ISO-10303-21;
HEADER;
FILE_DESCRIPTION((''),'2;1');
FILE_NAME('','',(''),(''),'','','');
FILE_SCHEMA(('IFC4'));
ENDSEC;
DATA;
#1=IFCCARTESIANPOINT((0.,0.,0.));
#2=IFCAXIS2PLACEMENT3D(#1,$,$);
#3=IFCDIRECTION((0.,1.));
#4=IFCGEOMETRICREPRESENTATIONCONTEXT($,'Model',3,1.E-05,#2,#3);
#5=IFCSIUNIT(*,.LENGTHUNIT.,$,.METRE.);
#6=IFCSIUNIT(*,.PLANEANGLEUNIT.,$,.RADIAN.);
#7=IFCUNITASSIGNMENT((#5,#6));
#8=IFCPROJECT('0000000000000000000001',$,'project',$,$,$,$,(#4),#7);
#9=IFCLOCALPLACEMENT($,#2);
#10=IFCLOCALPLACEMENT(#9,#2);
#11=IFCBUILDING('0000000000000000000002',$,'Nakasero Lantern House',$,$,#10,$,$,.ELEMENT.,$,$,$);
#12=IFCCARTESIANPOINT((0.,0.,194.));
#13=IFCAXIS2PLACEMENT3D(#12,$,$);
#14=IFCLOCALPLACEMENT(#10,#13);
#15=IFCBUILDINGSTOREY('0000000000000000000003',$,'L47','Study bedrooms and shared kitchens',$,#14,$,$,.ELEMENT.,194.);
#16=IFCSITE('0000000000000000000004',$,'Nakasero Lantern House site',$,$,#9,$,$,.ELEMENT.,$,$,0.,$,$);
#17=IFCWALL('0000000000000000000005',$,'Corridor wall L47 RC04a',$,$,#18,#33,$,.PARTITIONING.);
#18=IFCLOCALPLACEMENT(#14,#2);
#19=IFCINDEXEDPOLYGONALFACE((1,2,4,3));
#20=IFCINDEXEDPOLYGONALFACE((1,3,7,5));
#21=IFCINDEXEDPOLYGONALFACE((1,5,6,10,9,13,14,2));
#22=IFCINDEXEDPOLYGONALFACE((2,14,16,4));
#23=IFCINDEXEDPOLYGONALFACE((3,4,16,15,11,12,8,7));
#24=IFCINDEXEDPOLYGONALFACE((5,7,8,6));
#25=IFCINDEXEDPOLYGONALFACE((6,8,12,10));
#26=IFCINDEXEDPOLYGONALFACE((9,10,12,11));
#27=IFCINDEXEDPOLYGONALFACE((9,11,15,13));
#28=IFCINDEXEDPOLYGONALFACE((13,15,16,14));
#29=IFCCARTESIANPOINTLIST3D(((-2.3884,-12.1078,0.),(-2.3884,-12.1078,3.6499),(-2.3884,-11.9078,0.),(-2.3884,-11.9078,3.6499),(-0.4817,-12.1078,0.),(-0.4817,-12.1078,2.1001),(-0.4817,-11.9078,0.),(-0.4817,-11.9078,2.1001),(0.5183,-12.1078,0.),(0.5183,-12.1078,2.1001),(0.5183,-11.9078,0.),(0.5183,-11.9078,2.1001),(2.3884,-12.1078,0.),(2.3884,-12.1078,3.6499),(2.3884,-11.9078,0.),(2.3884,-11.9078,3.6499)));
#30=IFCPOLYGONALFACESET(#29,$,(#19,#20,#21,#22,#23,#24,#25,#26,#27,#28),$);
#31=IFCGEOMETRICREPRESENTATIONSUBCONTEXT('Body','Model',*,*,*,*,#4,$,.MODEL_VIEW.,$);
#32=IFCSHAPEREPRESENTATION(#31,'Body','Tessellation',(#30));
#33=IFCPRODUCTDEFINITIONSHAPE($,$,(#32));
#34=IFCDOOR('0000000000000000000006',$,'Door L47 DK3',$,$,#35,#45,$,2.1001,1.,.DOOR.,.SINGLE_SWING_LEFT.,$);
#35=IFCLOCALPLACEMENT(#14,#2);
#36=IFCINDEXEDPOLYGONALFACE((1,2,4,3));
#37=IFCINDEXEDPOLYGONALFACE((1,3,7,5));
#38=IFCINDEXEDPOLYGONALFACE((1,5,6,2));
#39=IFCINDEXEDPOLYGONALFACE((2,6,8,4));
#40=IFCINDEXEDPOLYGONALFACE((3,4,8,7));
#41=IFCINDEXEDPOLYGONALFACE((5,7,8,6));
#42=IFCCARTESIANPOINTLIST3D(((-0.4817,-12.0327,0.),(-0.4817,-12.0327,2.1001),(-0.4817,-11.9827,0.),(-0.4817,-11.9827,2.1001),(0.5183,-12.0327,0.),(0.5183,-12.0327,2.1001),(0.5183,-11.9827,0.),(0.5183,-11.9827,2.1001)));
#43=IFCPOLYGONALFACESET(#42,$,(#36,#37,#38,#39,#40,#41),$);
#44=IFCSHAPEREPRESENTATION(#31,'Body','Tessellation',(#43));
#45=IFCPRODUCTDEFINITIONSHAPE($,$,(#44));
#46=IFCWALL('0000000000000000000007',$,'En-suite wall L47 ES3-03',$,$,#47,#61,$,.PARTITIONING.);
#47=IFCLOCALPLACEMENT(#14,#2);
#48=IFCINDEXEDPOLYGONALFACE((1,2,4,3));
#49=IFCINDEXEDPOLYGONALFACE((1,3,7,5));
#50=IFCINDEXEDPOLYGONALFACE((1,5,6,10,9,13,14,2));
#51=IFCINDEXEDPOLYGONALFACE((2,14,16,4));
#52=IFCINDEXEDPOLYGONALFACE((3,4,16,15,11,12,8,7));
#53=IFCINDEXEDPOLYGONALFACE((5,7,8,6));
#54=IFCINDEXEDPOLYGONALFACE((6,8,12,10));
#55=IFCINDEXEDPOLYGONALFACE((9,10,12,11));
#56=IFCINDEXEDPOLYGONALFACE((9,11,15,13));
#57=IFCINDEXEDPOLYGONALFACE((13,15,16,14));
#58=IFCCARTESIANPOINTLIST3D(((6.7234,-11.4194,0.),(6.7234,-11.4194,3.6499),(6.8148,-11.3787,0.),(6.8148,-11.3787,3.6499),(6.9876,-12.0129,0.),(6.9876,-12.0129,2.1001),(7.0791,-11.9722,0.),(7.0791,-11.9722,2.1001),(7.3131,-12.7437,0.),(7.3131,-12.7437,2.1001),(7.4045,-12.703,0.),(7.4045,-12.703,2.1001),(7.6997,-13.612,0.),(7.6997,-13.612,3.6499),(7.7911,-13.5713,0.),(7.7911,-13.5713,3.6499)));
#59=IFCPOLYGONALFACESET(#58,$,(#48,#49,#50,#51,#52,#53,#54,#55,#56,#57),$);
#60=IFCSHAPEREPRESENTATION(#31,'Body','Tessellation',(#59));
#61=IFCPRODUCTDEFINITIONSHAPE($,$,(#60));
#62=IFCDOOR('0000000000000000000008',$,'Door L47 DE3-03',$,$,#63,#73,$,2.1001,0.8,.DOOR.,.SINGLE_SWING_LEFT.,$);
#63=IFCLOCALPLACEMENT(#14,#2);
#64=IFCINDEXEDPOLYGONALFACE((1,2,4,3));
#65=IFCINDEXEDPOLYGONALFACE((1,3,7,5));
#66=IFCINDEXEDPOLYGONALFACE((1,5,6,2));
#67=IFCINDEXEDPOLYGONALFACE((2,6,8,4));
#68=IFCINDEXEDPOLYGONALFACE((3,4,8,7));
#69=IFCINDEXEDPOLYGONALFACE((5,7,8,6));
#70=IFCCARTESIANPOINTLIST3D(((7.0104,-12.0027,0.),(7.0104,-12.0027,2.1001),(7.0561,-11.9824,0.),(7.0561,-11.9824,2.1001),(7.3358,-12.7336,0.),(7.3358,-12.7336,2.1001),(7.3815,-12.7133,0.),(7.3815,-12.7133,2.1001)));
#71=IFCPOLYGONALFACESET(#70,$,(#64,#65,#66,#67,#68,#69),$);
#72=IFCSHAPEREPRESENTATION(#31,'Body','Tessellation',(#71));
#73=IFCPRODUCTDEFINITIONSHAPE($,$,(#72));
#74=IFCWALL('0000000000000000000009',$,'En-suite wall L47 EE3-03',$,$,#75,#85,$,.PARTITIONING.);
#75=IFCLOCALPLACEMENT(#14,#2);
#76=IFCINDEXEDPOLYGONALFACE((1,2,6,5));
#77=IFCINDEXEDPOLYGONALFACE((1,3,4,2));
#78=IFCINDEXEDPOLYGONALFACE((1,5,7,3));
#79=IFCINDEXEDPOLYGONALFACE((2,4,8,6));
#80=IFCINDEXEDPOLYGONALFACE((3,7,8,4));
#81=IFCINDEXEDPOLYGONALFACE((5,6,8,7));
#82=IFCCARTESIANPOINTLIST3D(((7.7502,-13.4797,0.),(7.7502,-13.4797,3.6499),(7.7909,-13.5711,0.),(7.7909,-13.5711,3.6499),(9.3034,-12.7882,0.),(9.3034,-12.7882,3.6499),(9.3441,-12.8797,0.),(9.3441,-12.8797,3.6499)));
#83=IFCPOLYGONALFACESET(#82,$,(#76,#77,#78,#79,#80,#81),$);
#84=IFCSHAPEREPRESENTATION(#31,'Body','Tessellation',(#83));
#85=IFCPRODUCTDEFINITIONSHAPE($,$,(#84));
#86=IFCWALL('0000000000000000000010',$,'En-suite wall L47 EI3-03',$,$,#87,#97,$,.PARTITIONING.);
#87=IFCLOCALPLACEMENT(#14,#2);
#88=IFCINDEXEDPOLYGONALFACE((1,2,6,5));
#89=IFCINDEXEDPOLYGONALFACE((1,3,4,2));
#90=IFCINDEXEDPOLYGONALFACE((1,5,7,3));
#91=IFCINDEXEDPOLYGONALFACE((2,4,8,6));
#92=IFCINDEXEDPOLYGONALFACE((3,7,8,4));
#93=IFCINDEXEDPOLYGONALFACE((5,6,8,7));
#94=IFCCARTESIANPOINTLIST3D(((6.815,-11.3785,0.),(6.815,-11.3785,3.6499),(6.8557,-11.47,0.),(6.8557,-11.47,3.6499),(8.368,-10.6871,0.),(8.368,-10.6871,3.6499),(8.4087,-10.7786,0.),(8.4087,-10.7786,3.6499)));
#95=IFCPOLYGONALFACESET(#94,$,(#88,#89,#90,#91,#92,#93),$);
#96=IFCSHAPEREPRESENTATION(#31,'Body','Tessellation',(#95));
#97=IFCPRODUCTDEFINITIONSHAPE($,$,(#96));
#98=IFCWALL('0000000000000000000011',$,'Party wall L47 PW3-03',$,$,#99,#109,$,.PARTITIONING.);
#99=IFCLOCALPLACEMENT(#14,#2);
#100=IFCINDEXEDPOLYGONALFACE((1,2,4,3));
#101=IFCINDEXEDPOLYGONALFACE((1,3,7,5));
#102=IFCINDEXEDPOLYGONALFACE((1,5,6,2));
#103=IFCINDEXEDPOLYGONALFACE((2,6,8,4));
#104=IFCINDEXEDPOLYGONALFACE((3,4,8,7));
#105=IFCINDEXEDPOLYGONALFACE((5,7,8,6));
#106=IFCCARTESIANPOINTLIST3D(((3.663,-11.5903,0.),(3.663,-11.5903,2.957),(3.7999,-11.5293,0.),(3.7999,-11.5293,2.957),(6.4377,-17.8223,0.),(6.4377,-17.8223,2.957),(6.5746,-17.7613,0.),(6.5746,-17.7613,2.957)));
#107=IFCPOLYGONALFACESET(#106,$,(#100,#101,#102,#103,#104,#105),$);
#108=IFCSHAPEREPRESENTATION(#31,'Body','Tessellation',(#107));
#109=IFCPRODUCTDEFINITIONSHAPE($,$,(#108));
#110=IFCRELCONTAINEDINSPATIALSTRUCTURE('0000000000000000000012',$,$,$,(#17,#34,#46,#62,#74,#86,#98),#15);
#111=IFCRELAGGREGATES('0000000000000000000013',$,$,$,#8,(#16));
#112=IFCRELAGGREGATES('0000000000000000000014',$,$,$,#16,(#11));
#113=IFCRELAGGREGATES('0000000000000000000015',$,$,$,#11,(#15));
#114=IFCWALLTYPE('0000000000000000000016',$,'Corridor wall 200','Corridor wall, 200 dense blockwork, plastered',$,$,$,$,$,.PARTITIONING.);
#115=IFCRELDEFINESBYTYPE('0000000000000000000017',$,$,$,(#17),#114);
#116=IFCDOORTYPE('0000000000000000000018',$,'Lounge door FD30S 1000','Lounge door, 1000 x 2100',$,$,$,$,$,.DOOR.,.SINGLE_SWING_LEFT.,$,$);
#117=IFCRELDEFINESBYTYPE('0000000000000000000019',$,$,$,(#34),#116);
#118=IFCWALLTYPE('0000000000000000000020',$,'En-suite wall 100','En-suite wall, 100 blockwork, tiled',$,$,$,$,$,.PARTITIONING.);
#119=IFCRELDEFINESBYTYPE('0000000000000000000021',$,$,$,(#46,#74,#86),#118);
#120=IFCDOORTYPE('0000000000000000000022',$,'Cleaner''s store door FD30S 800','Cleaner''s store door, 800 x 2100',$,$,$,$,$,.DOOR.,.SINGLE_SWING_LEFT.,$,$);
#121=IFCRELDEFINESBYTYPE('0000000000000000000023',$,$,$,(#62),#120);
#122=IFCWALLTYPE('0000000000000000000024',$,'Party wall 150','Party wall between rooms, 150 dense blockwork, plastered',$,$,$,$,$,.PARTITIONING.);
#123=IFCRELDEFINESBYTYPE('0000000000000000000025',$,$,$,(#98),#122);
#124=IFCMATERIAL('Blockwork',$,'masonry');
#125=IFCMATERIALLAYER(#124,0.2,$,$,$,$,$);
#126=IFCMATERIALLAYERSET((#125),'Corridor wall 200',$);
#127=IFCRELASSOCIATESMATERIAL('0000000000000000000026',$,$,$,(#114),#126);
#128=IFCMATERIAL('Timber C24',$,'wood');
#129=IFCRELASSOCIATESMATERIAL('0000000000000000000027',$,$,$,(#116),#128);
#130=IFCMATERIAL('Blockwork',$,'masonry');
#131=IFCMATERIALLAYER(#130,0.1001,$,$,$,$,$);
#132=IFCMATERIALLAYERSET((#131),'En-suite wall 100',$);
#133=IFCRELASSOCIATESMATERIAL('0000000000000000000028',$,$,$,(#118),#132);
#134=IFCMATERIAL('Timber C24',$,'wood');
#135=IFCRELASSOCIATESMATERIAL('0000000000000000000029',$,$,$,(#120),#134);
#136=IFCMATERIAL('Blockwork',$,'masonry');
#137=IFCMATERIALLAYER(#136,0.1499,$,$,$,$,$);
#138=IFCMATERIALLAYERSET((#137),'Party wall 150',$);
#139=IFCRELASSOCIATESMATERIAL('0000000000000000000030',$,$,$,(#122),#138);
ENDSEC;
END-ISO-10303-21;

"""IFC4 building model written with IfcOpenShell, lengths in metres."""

from ifc_helpers import new_model, si_unit, direction, frame, frame_2d, origin, place, context, subcontext, project, spatial, rectangle, extrude, material, layer, layer_set, type_object, element, fill, save


model = new_model("IFC4")

# Units and contexts
model_context = context("Model", 3, precision=1e-05, world=origin(), true_north=direction((0.0, 1.0)))
body_context = subcontext(model_context, "Body", "Model", "MODEL_VIEW")
ifc_project = project(units=[si_unit("LENGTHUNIT", "METRE"), si_unit("PLANEANGLEUNIT", "RADIAN")], contexts=[model_context])

# Site, building, storey
site_placement = place(None, origin())
site = spatial("IfcSite", under=ifc_project, at=site_placement, Name="Nakasero Lantern House site", CompositionType="ELEMENT", RefElevation=0.0)
building_placement = place(site_placement, origin())
building = spatial("IfcBuilding", under=site, at=building_placement, Name="Nakasero Lantern House", CompositionType="ELEMENT")
storey_placement = place(building_placement, frame((0.0, 0.0, 194.0)))
storey = spatial("IfcBuildingStorey", under=building, at=storey_placement, Name="L47", Description="Study bedrooms and shared kitchens", CompositionType="ELEMENT", Elevation=194.0)

# Walls, openings, doors
ifc_material_1 = material(Name="Blockwork", Category="masonry")
ifc_layer_1 = layer(ifc_material_1, 0.2)
ifc_layer_set_1 = layer_set([ifc_layer_1], Name="Corridor wall 200")
wall_type_1 = type_object("IfcWallType", Name="Corridor wall 200", Description="Corridor wall, 200 dense blockwork, plastered", PredefinedType="PARTITIONING", material=ifc_layer_set_1)
wall_1_placement = place(storey_placement, frame((2.3884, -12.0078, 0.0), z_axis=(0.0, 0.0, 1.0), x_axis=(-1.0, 0.0, 0.0)))
wall_1 = element("IfcWall", 1, at=wall_1_placement, inside=storey, type_object=wall_type_1, Name="Corridor wall L47 RC04a", PredefinedType="PARTITIONING", context=body_context, shape_type="SweptSolid", body=[
    extrude(rectangle(XDim=4.7769, YDim=0.2, at=frame_2d((2.3884, 0.0))), origin(), (0.0, 0.0, 1.0), 3.6499),
])
opening_1_placement = place(wall_1_placement, frame((1.8701, 0.0, 0.0)))
opening_1 = element("IfcOpeningElement", 2, at=opening_1_placement, cuts=wall_1, PredefinedType="OPENING", context=body_context, shape_type="SweptSolid", body=[
    extrude(rectangle(XDim=1.0, YDim=2.1001, at=frame_2d((0.5, 1.05))), frame((0.0, 0.1199, 0.0), z_axis=(0.0, -1.0, 0.0), x_axis=(1.0, 0.0, 0.0)), (0.0, 0.0, 1.0), 0.24),
])
ifc_material_2 = material(Name="Timber C24", Category="wood")
door_type_1 = type_object("IfcDoorType", Name="Lounge door FD30S 1000", Description="Lounge door, 1000 x 2100", OperationType="SINGLE_SWING_LEFT", PredefinedType="DOOR", material=ifc_material_2)
door_1_placement = place(opening_1_placement, origin())
door_1 = element("IfcDoor", 3, at=door_1_placement, inside=storey, type_object=door_type_1, Name="Door L47 DK3", OperationType="SINGLE_SWING_LEFT", OverallHeight=2.1001, OverallWidth=1.0, PredefinedType="DOOR", context=body_context, shape_type="SweptSolid", body=[
    extrude(rectangle(XDim=1.0, YDim=2.1001, at=frame_2d((0.5, 1.05))), frame((0.0, 0.0249, 0.0), z_axis=(0.0, -1.0, 0.0), x_axis=(1.0, 0.0, 0.0)), (0.0, 0.0, 1.0), 0.05),
])
fill(opening_1, door_1)
ifc_material_3 = material(Name="Blockwork", Category="masonry")
ifc_layer_2 = layer(ifc_material_3, 0.1001)
ifc_layer_set_2 = layer_set([ifc_layer_2], Name="En-suite wall 100")
wall_type_2 = type_object("IfcWallType", Name="En-suite wall 100", Description="En-suite wall, 100 blockwork, tiled", PredefinedType="PARTITIONING", material=ifc_layer_set_2)
wall_2_placement = place(storey_placement, frame((6.769, -11.3989, 0.0), z_axis=(0.0, 0.0, 1.0), x_axis=(0.406771, -0.91353, 0.0)))
wall_2 = element("IfcWall", 4, at=wall_2_placement, inside=storey, type_object=wall_type_2, Name="En-suite wall L47 ES3-03", PredefinedType="PARTITIONING", context=body_context, shape_type="SweptSolid", body=[
    extrude(rectangle(XDim=2.4001, YDim=0.1001, at=frame_2d((1.2002, 0.0))), origin(), (0.0, 0.0, 1.0), 3.6499),
])
opening_2_placement = place(wall_2_placement, frame((0.6499, 0.0, 0.0)))
opening_2 = element("IfcOpeningElement", 5, at=opening_2_placement, cuts=wall_2, PredefinedType="OPENING", context=body_context, shape_type="SweptSolid", body=[
    extrude(rectangle(XDim=0.8, YDim=2.1001, at=frame_2d((0.3999, 1.05))), frame((0.0, 0.0701, 0.0), z_axis=(0.0, -1.0, 0.0), x_axis=(1.0, 0.0, 0.0)), (0.0, 0.0, 1.0), 0.1401),
])
ifc_material_4 = material(Name="Timber C24", Category="wood")
door_type_2 = type_object("IfcDoorType", Name="Cleaner's store door FD30S 800", Description="Cleaner's store door, 800 x 2100", OperationType="SINGLE_SWING_LEFT", PredefinedType="DOOR", material=ifc_material_4)
door_2_placement = place(opening_2_placement, origin())
door_2 = element("IfcDoor", 6, at=door_2_placement, inside=storey, type_object=door_type_2, Name="Door L47 DE3-03", OperationType="SINGLE_SWING_LEFT", OverallHeight=2.1001, OverallWidth=0.8, PredefinedType="DOOR", context=body_context, shape_type="SweptSolid", body=[
    extrude(rectangle(XDim=0.8, YDim=2.1001, at=frame_2d((0.3999, 1.05))), frame((0.0, 0.0249, 0.0), z_axis=(0.0, -1.0, 0.0), x_axis=(1.0, 0.0, 0.0)), (0.0, 0.0, 1.0), 0.05),
])
fill(opening_2, door_2)

# Walls
wall_3_placement = place(storey_placement, frame((7.7705, -13.5254, 0.0), z_axis=(0.0, 0.0, 1.0), x_axis=(0.913575, 0.406671, 0.0)))
element("IfcWall", 7, at=wall_3_placement, inside=storey, type_object=wall_type_2, Name="En-suite wall L47 EE3-03", PredefinedType="PARTITIONING", context=body_context, shape_type="SweptSolid", body=[
    extrude(rectangle(XDim=1.7002, YDim=0.1001, at=frame_2d((0.8501, 0.0))), origin(), (0.0, 0.0, 1.0), 3.6499),
])
wall_4_placement = place(storey_placement, frame((6.8352, -11.4243, 0.0), z_axis=(0.0, 0.0, 1.0), x_axis=(0.913551, 0.406725, 0.0)))
element("IfcWall", 8, at=wall_4_placement, inside=storey, type_object=wall_type_2, Name="En-suite wall L47 EI3-03", PredefinedType="PARTITIONING", context=body_context, shape_type="SweptSolid", body=[
    extrude(rectangle(XDim=1.7, YDim=0.1001, at=frame_2d((0.8501, 0.0))), origin(), (0.0, 0.0, 1.0), 3.6499),
])
ifc_material_5 = material(Name="Blockwork", Category="masonry")
ifc_layer_3 = layer(ifc_material_5, 0.1499)
ifc_layer_set_3 = layer_set([ifc_layer_3], Name="Party wall 150")
wall_type_3 = type_object("IfcWallType", Name="Party wall 150", Description="Party wall between rooms, 150 dense blockwork, plastered", PredefinedType="PARTITIONING", material=ifc_layer_set_3)
wall_5_placement = place(storey_placement, frame((3.7314, -11.5598, 0.0), z_axis=(0.0, 0.0, 1.0), x_axis=(0.406739, -0.913544, 0.0)))
element("IfcWall", 9, at=wall_5_placement, inside=storey, type_object=wall_type_3, Name="Party wall L47 PW3-03", PredefinedType="PARTITIONING", context=body_context, shape_type="SweptSolid", body=[
    extrude(rectangle(XDim=6.8218, YDim=0.1499, at=frame_2d((3.4109, 0.0))), origin(), (0.0, 0.0, 1.0), 2.957),
])

save(model, "model.ifc")
